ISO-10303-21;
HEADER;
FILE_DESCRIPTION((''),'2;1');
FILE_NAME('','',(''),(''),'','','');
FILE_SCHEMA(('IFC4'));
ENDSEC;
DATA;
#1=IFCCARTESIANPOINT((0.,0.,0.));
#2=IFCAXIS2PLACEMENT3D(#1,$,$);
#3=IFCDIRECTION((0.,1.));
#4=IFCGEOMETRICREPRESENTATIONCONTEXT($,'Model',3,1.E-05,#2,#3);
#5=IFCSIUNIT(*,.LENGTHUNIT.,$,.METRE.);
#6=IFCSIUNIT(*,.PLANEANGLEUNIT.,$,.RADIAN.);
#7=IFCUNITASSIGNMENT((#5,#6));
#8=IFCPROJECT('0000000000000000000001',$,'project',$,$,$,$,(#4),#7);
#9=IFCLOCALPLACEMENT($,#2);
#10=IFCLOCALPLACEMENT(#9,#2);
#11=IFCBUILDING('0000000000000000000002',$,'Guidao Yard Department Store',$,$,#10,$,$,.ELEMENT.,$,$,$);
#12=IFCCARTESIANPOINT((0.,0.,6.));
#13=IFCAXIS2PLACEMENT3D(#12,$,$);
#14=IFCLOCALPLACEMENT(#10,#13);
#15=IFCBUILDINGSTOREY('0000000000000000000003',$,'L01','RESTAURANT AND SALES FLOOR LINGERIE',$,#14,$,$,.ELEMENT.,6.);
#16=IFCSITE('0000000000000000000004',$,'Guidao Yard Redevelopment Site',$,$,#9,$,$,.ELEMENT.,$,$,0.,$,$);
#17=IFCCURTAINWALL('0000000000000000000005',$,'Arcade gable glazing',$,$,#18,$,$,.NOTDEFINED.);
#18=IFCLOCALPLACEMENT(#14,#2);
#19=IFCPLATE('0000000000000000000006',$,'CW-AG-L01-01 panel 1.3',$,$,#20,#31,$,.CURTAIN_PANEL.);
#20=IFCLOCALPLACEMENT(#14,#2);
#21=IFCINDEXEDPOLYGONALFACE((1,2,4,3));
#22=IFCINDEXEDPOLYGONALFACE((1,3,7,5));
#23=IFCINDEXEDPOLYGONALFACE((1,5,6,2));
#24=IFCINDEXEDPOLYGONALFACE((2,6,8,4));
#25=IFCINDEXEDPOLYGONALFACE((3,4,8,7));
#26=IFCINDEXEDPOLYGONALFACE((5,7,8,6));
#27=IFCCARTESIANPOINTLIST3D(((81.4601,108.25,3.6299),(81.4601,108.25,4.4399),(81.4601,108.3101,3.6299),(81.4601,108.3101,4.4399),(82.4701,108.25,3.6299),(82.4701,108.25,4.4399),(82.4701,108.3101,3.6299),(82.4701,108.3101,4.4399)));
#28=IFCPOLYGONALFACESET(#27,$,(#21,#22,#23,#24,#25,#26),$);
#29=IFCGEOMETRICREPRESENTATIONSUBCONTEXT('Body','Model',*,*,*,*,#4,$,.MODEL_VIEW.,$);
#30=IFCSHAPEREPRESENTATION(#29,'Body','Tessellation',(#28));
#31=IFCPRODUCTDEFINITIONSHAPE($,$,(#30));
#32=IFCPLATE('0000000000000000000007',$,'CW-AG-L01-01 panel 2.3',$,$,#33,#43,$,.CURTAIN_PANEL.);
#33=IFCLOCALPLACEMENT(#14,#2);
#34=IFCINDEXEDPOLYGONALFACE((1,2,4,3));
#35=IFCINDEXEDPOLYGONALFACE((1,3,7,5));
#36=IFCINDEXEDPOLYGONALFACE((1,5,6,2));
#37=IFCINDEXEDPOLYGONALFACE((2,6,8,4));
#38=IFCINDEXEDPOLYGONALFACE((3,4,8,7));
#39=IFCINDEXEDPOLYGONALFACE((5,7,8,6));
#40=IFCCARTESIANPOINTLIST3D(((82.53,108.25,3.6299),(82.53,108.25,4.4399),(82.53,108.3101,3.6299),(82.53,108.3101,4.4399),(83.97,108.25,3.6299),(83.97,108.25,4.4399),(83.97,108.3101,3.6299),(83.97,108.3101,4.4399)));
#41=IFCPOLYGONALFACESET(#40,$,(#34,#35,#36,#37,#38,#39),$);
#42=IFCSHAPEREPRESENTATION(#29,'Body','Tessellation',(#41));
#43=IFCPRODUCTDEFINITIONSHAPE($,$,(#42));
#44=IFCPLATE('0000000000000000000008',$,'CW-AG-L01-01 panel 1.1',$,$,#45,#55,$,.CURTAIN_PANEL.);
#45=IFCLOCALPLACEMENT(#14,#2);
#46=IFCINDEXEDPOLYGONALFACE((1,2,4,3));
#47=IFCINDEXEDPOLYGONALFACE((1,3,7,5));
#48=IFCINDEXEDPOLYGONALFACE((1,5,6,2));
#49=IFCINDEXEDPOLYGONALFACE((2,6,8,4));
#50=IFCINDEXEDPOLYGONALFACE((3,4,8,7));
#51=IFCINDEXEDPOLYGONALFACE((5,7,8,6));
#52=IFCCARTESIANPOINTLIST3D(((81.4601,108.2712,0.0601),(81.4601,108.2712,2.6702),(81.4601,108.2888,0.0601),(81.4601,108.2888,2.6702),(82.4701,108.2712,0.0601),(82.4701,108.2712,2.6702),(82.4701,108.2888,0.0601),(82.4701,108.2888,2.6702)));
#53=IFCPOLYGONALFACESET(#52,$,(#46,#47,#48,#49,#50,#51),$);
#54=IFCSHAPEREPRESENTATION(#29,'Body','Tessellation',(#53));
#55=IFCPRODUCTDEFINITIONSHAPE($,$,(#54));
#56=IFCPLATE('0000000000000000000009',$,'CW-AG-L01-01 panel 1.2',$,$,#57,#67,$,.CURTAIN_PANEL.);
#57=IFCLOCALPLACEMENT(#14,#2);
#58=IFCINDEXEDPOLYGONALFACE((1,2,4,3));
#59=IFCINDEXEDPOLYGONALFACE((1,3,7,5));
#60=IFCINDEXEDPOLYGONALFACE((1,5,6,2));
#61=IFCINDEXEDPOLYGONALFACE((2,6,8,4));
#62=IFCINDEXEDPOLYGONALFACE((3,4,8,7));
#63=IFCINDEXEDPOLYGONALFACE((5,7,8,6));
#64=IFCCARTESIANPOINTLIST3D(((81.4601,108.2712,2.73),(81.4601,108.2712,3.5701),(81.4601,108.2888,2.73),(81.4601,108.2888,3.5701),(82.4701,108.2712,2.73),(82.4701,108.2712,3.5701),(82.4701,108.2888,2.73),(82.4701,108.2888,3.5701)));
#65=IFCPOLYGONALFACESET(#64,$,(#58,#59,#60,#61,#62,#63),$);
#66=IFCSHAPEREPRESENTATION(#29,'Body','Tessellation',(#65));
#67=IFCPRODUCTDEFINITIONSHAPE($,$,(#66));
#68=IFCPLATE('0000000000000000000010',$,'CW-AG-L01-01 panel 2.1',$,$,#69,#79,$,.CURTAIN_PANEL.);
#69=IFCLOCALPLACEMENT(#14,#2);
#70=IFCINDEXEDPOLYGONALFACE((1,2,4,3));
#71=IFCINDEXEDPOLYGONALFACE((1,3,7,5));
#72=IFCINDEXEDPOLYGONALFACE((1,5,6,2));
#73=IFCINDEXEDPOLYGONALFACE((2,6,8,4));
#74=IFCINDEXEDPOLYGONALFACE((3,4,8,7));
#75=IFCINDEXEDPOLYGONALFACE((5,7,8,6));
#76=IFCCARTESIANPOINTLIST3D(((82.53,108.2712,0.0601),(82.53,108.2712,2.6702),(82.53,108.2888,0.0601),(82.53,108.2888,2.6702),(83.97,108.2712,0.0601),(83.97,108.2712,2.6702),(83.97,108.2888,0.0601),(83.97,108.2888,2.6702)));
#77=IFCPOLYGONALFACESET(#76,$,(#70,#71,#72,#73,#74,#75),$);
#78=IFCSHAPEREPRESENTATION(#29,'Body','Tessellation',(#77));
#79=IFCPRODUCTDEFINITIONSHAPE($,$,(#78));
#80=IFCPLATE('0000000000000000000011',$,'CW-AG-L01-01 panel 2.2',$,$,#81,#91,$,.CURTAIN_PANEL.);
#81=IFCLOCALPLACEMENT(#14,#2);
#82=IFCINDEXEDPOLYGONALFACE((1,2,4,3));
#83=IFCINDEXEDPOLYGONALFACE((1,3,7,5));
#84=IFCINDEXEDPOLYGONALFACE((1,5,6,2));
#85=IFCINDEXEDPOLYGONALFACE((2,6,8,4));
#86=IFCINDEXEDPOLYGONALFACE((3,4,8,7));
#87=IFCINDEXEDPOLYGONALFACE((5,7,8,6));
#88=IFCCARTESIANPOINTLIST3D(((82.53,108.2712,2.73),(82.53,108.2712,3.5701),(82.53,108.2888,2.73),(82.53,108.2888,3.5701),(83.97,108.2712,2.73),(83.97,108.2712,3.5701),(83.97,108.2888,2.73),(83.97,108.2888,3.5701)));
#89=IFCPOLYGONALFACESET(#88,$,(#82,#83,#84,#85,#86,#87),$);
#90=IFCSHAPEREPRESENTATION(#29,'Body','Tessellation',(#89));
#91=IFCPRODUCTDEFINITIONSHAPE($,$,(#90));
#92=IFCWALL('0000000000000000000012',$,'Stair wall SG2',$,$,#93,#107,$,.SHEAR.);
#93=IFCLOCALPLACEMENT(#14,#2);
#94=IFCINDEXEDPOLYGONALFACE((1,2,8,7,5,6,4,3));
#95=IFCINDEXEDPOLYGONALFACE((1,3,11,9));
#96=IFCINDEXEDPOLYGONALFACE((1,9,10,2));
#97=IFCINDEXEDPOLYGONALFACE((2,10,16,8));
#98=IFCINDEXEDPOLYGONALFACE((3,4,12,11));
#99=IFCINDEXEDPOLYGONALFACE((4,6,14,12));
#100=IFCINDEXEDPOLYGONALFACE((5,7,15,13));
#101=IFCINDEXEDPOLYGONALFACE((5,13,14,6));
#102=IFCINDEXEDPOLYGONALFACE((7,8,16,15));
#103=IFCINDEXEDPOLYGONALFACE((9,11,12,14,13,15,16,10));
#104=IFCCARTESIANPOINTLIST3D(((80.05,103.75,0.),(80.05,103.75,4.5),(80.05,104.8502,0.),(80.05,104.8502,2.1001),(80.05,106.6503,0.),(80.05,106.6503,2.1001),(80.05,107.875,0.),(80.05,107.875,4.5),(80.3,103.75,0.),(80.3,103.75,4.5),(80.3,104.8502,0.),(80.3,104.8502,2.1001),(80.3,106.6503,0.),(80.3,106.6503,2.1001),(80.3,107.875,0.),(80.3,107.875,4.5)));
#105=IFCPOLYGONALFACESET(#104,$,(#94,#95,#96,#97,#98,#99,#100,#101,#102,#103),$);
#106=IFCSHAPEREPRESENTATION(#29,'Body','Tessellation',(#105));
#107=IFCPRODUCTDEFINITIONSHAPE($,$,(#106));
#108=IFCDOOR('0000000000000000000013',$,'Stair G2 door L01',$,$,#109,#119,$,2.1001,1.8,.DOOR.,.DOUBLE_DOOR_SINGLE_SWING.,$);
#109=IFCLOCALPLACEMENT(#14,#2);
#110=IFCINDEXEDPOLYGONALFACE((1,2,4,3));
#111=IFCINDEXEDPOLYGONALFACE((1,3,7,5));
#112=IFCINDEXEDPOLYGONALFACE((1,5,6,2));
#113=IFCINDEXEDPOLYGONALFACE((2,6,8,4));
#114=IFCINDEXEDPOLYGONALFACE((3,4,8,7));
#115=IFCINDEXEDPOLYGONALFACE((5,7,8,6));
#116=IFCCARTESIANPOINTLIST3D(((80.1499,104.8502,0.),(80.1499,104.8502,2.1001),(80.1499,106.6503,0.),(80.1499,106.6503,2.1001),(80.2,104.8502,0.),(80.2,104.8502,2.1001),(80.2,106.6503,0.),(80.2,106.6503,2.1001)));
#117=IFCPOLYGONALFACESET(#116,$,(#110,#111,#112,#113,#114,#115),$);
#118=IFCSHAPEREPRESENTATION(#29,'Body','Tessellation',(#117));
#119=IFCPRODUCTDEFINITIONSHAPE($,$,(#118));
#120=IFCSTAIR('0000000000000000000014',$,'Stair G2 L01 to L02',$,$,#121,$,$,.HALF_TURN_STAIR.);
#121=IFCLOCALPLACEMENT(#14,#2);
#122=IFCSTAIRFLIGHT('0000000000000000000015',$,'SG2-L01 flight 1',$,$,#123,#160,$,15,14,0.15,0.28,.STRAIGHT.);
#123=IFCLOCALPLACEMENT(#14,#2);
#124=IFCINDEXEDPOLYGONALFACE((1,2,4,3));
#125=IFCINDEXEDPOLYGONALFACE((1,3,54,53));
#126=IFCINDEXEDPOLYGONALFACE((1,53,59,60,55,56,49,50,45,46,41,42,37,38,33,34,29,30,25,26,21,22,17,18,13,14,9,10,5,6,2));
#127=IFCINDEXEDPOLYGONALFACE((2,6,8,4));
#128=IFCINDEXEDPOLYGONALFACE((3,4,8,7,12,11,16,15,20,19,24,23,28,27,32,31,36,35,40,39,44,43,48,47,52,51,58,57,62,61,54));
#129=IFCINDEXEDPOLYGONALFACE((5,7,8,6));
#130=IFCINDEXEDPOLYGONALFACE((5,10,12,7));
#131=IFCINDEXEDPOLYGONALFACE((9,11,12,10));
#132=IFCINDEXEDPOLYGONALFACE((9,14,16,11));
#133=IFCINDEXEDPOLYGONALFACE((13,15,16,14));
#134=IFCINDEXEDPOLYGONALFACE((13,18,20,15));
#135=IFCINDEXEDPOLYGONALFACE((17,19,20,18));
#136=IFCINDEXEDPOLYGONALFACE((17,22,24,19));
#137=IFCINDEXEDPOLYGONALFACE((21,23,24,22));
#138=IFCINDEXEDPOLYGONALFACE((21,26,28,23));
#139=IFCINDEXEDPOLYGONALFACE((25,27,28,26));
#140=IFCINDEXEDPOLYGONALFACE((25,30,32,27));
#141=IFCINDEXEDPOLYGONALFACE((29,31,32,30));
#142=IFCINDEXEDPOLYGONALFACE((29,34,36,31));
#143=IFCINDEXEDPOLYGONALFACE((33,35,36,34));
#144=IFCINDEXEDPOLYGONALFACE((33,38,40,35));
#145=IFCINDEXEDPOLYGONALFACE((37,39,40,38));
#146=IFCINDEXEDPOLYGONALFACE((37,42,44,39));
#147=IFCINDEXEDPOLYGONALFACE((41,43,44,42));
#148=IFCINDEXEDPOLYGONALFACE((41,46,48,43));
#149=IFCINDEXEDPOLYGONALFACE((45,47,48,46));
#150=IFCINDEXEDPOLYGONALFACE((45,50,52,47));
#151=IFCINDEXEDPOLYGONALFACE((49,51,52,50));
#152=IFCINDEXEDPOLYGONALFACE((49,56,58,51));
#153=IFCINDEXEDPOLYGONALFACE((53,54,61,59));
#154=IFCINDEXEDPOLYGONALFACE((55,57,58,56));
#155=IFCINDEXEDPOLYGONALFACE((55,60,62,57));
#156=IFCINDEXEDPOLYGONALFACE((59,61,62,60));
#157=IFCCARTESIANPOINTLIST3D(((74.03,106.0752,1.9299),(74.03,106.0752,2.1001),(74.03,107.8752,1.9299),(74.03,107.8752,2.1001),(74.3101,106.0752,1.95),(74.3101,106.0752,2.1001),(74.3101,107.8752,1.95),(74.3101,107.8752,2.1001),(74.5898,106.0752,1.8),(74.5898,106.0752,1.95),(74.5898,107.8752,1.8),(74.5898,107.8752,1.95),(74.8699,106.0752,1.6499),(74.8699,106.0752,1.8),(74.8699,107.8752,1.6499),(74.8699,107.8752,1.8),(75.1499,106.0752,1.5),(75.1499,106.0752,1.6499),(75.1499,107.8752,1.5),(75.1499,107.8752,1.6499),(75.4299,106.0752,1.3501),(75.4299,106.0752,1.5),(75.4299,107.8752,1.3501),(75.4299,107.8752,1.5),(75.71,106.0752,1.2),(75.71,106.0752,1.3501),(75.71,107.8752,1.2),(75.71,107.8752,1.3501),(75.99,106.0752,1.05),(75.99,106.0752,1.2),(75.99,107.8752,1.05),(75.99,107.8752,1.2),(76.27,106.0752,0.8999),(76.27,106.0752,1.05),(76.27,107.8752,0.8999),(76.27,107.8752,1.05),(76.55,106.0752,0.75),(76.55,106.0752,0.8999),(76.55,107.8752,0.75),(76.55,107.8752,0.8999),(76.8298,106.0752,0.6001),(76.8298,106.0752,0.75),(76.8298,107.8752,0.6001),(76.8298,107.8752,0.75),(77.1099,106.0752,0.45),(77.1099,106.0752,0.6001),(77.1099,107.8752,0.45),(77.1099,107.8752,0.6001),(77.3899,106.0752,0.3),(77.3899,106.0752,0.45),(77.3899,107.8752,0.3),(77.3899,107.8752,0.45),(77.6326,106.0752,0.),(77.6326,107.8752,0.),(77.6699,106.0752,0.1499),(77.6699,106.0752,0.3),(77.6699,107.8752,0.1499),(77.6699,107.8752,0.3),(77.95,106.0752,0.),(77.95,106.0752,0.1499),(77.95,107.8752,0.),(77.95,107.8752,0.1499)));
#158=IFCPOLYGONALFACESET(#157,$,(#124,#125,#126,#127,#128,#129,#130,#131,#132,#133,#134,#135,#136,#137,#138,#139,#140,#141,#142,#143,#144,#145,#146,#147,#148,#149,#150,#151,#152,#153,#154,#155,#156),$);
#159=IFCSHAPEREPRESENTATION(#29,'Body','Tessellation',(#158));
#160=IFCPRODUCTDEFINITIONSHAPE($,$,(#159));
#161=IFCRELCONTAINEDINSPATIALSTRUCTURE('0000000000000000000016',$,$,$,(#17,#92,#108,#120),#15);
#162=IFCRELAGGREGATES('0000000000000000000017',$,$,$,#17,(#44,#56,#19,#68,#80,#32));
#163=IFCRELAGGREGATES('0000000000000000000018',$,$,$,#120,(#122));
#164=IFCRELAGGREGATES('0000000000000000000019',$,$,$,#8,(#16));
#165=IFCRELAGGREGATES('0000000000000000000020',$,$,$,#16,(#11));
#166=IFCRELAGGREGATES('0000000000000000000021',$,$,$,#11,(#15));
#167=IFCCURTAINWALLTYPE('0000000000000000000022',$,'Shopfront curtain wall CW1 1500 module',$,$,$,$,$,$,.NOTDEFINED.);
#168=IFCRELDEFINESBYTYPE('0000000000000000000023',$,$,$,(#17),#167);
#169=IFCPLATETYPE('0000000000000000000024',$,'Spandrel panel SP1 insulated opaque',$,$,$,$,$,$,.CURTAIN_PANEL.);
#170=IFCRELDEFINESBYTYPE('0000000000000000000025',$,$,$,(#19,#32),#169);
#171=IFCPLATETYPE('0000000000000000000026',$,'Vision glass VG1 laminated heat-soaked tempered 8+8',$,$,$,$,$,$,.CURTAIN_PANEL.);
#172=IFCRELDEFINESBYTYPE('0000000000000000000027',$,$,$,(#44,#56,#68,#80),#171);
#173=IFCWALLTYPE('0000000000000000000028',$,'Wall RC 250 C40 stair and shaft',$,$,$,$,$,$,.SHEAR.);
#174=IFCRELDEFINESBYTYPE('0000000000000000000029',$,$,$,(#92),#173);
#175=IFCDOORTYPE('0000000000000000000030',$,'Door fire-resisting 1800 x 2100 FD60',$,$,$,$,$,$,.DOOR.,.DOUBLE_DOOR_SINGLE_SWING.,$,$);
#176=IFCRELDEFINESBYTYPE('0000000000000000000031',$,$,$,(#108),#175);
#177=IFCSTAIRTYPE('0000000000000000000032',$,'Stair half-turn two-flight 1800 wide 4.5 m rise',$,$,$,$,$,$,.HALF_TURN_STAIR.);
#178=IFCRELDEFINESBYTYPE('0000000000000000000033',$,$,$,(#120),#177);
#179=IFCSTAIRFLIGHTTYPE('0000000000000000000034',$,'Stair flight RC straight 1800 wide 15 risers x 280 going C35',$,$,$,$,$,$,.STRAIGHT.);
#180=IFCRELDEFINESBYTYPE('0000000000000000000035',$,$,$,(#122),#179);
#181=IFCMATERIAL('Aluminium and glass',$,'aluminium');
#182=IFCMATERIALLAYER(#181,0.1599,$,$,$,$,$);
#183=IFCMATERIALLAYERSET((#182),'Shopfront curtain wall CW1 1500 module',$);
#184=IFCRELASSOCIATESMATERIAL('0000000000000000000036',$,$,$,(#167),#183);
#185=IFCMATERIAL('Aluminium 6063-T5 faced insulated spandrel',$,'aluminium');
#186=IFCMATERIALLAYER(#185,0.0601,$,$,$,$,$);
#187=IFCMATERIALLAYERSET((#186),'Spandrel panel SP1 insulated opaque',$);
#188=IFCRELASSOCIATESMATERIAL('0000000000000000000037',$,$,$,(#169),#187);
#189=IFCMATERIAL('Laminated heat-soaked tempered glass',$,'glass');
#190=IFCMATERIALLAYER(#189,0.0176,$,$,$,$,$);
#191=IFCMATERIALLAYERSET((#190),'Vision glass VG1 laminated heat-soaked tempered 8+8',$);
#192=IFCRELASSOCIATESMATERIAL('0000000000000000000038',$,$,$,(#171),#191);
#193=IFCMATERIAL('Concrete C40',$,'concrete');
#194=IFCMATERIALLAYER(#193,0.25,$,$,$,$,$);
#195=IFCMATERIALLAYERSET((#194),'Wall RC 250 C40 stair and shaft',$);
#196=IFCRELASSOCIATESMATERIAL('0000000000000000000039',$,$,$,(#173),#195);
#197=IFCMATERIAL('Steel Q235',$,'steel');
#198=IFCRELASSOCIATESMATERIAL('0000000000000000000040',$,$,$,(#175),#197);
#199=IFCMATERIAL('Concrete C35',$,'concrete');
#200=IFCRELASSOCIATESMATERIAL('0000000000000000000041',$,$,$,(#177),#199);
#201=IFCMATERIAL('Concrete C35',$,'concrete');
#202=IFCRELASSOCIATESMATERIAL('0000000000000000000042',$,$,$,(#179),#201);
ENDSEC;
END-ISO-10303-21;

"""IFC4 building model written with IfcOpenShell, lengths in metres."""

from ifc_helpers import new_model, si_unit, direction, frame, frame_2d, origin, origin_2d, place, context, subcontext, project, spatial, polyline, rectangle, outline, extrude, material, layer, layer_set, type_object, element, fill, aggregate, save


model = new_model("IFC4")

# Units and contexts
model_context = context("Model", 3, precision=1e-05, world=origin(), true_north=direction((0.0, 1.0)))
body_context = subcontext(model_context, "Body", "Model", "MODEL_VIEW")
ifc_project = project(units=[si_unit("LENGTHUNIT", "METRE"), si_unit("PLANEANGLEUNIT", "RADIAN")], contexts=[model_context])

# Site, building, storey
site_placement = place(None, origin())
site = spatial("IfcSite", under=ifc_project, at=site_placement, Name="Guidao Yard Redevelopment Site", CompositionType="ELEMENT", RefElevation=0.0)
building_placement = place(site_placement, origin())
building = spatial("IfcBuilding", under=site, at=building_placement, Name="Guidao Yard Department Store", CompositionType="ELEMENT")
storey_placement = place(building_placement, frame((0.0, 0.0, 6.0)))
storey = spatial("IfcBuildingStorey", under=building, at=storey_placement, Name="L01", Description="RESTAURANT AND SALES FLOOR LINGERIE", CompositionType="ELEMENT", Elevation=6.0)

# Curtain wall, plates
ifc_material_1 = material(Name="Aluminium and glass", Category="aluminium")
ifc_layer_1 = layer(ifc_material_1, 0.1599)
ifc_layer_set_1 = layer_set([ifc_layer_1], Name="Shopfront curtain wall CW1 1500 module")
curtain_wall_type = type_object("IfcCurtainWallType", Name="Shopfront curtain wall CW1 1500 module", PredefinedType="NOTDEFINED", material=ifc_layer_set_1)
curtain_wall_placement = place(storey_placement, origin())
curtain_wall = element("IfcCurtainWall", 1, at=curtain_wall_placement, inside=storey, type_object=curtain_wall_type, Name="Arcade gable glazing", PredefinedType="NOTDEFINED")
ifc_material_2 = material(Name="Aluminium 6063-T5 faced insulated spandrel", Category="aluminium")
ifc_layer_2 = layer(ifc_material_2, 0.0601)
ifc_layer_set_2 = layer_set([ifc_layer_2], Name="Spandrel panel SP1 insulated opaque")
plate_type_1 = type_object("IfcPlateType", Name="Spandrel panel SP1 insulated opaque", PredefinedType="CURTAIN_PANEL", material=ifc_layer_set_2)
plate_1_placement = place(storey_placement, frame((81.9651, 108.28, 3.6299), z_axis=(0.0, 0.0, 1.0), x_axis=(1.0, 0.0, 0.0)))
plate_1 = element("IfcPlate", 2, at=plate_1_placement, type_object=plate_type_1, Name="CW-AG-L01-01 panel 1.3", PredefinedType="CURTAIN_PANEL", context=body_context, shape_type="SweptSolid", body=[
    extrude(rectangle(XDim=1.01, YDim=0.0601, at=origin_2d()), origin(), (0.0, 0.0, 1.0), 0.8101),
])
plate_2_placement = place(storey_placement, frame((83.25, 108.28, 3.6299), z_axis=(0.0, 0.0, 1.0), x_axis=(1.0, 0.0, 0.0)))
plate_2 = element("IfcPlate", 3, at=plate_2_placement, type_object=plate_type_1, Name="CW-AG-L01-01 panel 2.3", PredefinedType="CURTAIN_PANEL", context=body_context, shape_type="SweptSolid", body=[
    extrude(rectangle(XDim=1.4399, YDim=0.0601, at=origin_2d()), origin(), (0.0, 0.0, 1.0), 0.8101),
])
ifc_material_3 = material(Name="Laminated heat-soaked tempered glass", Category="glass")
ifc_layer_3 = layer(ifc_material_3, 0.0176)
ifc_layer_set_3 = layer_set([ifc_layer_3], Name="Vision glass VG1 laminated heat-soaked tempered 8+8")
plate_type_2 = type_object("IfcPlateType", Name="Vision glass VG1 laminated heat-soaked tempered 8+8", PredefinedType="CURTAIN_PANEL", material=ifc_layer_set_3)
plate_3_placement = place(storey_placement, frame((81.9651, 108.28, 0.0601), z_axis=(0.0, 0.0, 1.0), x_axis=(1.0, 0.0, 0.0)))
plate_3 = element("IfcPlate", 4, at=plate_3_placement, type_object=plate_type_2, Name="CW-AG-L01-01 panel 1.1", PredefinedType="CURTAIN_PANEL", context=body_context, shape_type="SweptSolid", body=[
    extrude(rectangle(XDim=1.01, YDim=0.0176, at=origin_2d()), origin(), (0.0, 0.0, 1.0), 2.6101),
])
plate_4_placement = place(storey_placement, frame((81.9651, 108.28, 2.73), z_axis=(0.0, 0.0, 1.0), x_axis=(1.0, 0.0, 0.0)))
plate_4 = element("IfcPlate", 5, at=plate_4_placement, type_object=plate_type_2, Name="CW-AG-L01-01 panel 1.2", PredefinedType="CURTAIN_PANEL", context=body_context, shape_type="SweptSolid", body=[
    extrude(rectangle(XDim=1.01, YDim=0.0176, at=origin_2d()), origin(), (0.0, 0.0, 1.0), 0.8401),
])
plate_5_placement = place(storey_placement, frame((83.25, 108.28, 0.0601), z_axis=(0.0, 0.0, 1.0), x_axis=(1.0, 0.0, 0.0)))
plate_5 = element("IfcPlate", 6, at=plate_5_placement, type_object=plate_type_2, Name="CW-AG-L01-01 panel 2.1", PredefinedType="CURTAIN_PANEL", context=body_context, shape_type="SweptSolid", body=[
    extrude(rectangle(XDim=1.4399, YDim=0.0176, at=origin_2d()), origin(), (0.0, 0.0, 1.0), 2.6101),
])
plate_6_placement = place(storey_placement, frame((83.25, 108.28, 2.73), z_axis=(0.0, 0.0, 1.0), x_axis=(1.0, 0.0, 0.0)))
plate_6 = element("IfcPlate", 7, at=plate_6_placement, type_object=plate_type_2, Name="CW-AG-L01-01 panel 2.2", PredefinedType="CURTAIN_PANEL", context=body_context, shape_type="SweptSolid", body=[
    extrude(rectangle(XDim=1.4399, YDim=0.0176, at=origin_2d()), origin(), (0.0, 0.0, 1.0), 0.8401),
])
aggregate(curtain_wall, [plate_3, plate_4, plate_1, plate_5, plate_6, plate_2])

# Wall, opening, door
ifc_material_4 = material(Name="Concrete C40", Category="concrete")
ifc_layer_4 = layer(ifc_material_4, 0.25)
ifc_layer_set_4 = layer_set([ifc_layer_4], Name="Wall RC 250 C40 stair and shaft")
wall_type = type_object("IfcWallType", Name="Wall RC 250 C40 stair and shaft", PredefinedType="SHEAR", material=ifc_layer_set_4)
wall_placement = place(storey_placement, frame((80.175, 103.75, 0.0), z_axis=(0.0, 0.0, 1.0), x_axis=(0.0, 1.0, 0.0)))
wall = element("IfcWall", 8, at=wall_placement, inside=storey, type_object=wall_type, Name="Stair wall SG2", PredefinedType="SHEAR", context=body_context, shape_type="SweptSolid", body=[
    extrude(rectangle(XDim=4.125, YDim=0.25, at=frame_2d((2.0625, 0.0))), origin(), (0.0, 0.0, 1.0), 4.5),
])
opening_placement = place(wall_placement, frame((2.9001, 0.0, 0.0), z_axis=(0.0, 0.0, 1.0), x_axis=(-1.0, 0.0, 0.0)))
opening = element("IfcOpeningElement", 9, at=opening_placement, cuts=wall, PredefinedType="OPENING", context=body_context, shape_type="SweptSolid", body=[
    extrude(rectangle(XDim=1.8, YDim=2.1001, at=frame_2d((0.8999, 1.05))), frame((0.0, 0.135, 0.0), z_axis=(0.0, -1.0, 0.0), x_axis=(1.0, 0.0, 0.0)), (0.0, 0.0, 1.0), 0.27),
])
ifc_material_5 = material(Name="Steel Q235", Category="steel")
door_type = type_object("IfcDoorType", Name="Door fire-resisting 1800 x 2100 FD60", OperationType="DOUBLE_DOOR_SINGLE_SWING", PredefinedType="DOOR", material=ifc_material_5)
door_placement = place(opening_placement, origin())
door = element("IfcDoor", 10, at=door_placement, inside=storey, type_object=door_type, Name="Stair G2 door L01", OperationType="DOUBLE_DOOR_SINGLE_SWING", OverallHeight=2.1001, OverallWidth=1.8, PredefinedType="DOOR", context=body_context, shape_type="SweptSolid", body=[
    extrude(rectangle(XDim=1.8, YDim=2.1001, at=frame_2d((0.8999, 1.05))), frame((0.0, 0.0249, 0.0), z_axis=(0.0, -1.0, 0.0), x_axis=(1.0, 0.0, 0.0)), (0.0, 0.0, 1.0), 0.05),
])
fill(opening, door)

# Stair, stair flight
ifc_material_6 = material(Name="Concrete C35", Category="concrete")
stair_type = type_object("IfcStairType", Name="Stair half-turn two-flight 1800 wide 4.5 m rise", PredefinedType="HALF_TURN_STAIR", material=ifc_material_6)
stair_placement = place(storey_placement, origin())
stair = element("IfcStair", 11, at=stair_placement, inside=storey, type_object=stair_type, Name="Stair G2 L01 to L02", PredefinedType="HALF_TURN_STAIR")
ifc_material_7 = material(Name="Concrete C35", Category="concrete")
stair_flight_type = type_object("IfcStairFlightType", Name="Stair flight RC straight 1800 wide 15 risers x 280 going C35", PredefinedType="STRAIGHT", material=ifc_material_7)
stair_flight_placement = place(storey_placement, frame((77.95, 106.9751, 0.0), z_axis=(0.0, 0.0, 1.0), x_axis=(-1.0, 0.0, 0.0)))
stair_flight = element("IfcStairFlight", 12, at=stair_flight_placement, type_object=stair_flight_type, Name="SG2-L01 flight 1", NumberOfRisers=15, NumberOfTreads=14, PredefinedType="STRAIGHT", RiserHeight=0.15, TreadLength=0.28, context=body_context, shape_type="SweptSolid", body=[
    extrude(outline(polyline([(0.0, 0.0), (0.0, 0.1499), (0.28, 0.1499), (0.28, 0.3), (0.5601, 0.3), (0.5601, 0.45), (0.8401, 0.45), (0.8401, 0.6001), (1.1201, 0.6001), (1.1201, 0.75), (1.3999, 0.75), (1.3999, 0.8999), (1.6799, 0.8999), (1.6799, 1.05), (1.96, 1.05), (1.96, 1.2), (2.24, 1.2), (2.24, 1.3501), (2.52, 1.3501), (2.52, 1.5), (2.8, 1.5), (2.8, 1.6499), (3.0801, 1.6499), (3.0801, 1.8), (3.3601, 1.8), (3.3601, 1.95), (3.6399, 1.95), (3.6399, 2.1001), (3.9199, 2.1001), (3.9199, 2.25), (3.9199, 1.9299), (0.3174, 0.0), (0.0, 0.0)])), frame((0.0, 0.8999, 0.0), z_axis=(0.0, -1.0, 0.0), x_axis=(1.0, 0.0, 0.0)), (0.0, 0.0, 1.0), 1.8),
])
aggregate(stair, [stair_flight])

save(model, "model.ifc")
